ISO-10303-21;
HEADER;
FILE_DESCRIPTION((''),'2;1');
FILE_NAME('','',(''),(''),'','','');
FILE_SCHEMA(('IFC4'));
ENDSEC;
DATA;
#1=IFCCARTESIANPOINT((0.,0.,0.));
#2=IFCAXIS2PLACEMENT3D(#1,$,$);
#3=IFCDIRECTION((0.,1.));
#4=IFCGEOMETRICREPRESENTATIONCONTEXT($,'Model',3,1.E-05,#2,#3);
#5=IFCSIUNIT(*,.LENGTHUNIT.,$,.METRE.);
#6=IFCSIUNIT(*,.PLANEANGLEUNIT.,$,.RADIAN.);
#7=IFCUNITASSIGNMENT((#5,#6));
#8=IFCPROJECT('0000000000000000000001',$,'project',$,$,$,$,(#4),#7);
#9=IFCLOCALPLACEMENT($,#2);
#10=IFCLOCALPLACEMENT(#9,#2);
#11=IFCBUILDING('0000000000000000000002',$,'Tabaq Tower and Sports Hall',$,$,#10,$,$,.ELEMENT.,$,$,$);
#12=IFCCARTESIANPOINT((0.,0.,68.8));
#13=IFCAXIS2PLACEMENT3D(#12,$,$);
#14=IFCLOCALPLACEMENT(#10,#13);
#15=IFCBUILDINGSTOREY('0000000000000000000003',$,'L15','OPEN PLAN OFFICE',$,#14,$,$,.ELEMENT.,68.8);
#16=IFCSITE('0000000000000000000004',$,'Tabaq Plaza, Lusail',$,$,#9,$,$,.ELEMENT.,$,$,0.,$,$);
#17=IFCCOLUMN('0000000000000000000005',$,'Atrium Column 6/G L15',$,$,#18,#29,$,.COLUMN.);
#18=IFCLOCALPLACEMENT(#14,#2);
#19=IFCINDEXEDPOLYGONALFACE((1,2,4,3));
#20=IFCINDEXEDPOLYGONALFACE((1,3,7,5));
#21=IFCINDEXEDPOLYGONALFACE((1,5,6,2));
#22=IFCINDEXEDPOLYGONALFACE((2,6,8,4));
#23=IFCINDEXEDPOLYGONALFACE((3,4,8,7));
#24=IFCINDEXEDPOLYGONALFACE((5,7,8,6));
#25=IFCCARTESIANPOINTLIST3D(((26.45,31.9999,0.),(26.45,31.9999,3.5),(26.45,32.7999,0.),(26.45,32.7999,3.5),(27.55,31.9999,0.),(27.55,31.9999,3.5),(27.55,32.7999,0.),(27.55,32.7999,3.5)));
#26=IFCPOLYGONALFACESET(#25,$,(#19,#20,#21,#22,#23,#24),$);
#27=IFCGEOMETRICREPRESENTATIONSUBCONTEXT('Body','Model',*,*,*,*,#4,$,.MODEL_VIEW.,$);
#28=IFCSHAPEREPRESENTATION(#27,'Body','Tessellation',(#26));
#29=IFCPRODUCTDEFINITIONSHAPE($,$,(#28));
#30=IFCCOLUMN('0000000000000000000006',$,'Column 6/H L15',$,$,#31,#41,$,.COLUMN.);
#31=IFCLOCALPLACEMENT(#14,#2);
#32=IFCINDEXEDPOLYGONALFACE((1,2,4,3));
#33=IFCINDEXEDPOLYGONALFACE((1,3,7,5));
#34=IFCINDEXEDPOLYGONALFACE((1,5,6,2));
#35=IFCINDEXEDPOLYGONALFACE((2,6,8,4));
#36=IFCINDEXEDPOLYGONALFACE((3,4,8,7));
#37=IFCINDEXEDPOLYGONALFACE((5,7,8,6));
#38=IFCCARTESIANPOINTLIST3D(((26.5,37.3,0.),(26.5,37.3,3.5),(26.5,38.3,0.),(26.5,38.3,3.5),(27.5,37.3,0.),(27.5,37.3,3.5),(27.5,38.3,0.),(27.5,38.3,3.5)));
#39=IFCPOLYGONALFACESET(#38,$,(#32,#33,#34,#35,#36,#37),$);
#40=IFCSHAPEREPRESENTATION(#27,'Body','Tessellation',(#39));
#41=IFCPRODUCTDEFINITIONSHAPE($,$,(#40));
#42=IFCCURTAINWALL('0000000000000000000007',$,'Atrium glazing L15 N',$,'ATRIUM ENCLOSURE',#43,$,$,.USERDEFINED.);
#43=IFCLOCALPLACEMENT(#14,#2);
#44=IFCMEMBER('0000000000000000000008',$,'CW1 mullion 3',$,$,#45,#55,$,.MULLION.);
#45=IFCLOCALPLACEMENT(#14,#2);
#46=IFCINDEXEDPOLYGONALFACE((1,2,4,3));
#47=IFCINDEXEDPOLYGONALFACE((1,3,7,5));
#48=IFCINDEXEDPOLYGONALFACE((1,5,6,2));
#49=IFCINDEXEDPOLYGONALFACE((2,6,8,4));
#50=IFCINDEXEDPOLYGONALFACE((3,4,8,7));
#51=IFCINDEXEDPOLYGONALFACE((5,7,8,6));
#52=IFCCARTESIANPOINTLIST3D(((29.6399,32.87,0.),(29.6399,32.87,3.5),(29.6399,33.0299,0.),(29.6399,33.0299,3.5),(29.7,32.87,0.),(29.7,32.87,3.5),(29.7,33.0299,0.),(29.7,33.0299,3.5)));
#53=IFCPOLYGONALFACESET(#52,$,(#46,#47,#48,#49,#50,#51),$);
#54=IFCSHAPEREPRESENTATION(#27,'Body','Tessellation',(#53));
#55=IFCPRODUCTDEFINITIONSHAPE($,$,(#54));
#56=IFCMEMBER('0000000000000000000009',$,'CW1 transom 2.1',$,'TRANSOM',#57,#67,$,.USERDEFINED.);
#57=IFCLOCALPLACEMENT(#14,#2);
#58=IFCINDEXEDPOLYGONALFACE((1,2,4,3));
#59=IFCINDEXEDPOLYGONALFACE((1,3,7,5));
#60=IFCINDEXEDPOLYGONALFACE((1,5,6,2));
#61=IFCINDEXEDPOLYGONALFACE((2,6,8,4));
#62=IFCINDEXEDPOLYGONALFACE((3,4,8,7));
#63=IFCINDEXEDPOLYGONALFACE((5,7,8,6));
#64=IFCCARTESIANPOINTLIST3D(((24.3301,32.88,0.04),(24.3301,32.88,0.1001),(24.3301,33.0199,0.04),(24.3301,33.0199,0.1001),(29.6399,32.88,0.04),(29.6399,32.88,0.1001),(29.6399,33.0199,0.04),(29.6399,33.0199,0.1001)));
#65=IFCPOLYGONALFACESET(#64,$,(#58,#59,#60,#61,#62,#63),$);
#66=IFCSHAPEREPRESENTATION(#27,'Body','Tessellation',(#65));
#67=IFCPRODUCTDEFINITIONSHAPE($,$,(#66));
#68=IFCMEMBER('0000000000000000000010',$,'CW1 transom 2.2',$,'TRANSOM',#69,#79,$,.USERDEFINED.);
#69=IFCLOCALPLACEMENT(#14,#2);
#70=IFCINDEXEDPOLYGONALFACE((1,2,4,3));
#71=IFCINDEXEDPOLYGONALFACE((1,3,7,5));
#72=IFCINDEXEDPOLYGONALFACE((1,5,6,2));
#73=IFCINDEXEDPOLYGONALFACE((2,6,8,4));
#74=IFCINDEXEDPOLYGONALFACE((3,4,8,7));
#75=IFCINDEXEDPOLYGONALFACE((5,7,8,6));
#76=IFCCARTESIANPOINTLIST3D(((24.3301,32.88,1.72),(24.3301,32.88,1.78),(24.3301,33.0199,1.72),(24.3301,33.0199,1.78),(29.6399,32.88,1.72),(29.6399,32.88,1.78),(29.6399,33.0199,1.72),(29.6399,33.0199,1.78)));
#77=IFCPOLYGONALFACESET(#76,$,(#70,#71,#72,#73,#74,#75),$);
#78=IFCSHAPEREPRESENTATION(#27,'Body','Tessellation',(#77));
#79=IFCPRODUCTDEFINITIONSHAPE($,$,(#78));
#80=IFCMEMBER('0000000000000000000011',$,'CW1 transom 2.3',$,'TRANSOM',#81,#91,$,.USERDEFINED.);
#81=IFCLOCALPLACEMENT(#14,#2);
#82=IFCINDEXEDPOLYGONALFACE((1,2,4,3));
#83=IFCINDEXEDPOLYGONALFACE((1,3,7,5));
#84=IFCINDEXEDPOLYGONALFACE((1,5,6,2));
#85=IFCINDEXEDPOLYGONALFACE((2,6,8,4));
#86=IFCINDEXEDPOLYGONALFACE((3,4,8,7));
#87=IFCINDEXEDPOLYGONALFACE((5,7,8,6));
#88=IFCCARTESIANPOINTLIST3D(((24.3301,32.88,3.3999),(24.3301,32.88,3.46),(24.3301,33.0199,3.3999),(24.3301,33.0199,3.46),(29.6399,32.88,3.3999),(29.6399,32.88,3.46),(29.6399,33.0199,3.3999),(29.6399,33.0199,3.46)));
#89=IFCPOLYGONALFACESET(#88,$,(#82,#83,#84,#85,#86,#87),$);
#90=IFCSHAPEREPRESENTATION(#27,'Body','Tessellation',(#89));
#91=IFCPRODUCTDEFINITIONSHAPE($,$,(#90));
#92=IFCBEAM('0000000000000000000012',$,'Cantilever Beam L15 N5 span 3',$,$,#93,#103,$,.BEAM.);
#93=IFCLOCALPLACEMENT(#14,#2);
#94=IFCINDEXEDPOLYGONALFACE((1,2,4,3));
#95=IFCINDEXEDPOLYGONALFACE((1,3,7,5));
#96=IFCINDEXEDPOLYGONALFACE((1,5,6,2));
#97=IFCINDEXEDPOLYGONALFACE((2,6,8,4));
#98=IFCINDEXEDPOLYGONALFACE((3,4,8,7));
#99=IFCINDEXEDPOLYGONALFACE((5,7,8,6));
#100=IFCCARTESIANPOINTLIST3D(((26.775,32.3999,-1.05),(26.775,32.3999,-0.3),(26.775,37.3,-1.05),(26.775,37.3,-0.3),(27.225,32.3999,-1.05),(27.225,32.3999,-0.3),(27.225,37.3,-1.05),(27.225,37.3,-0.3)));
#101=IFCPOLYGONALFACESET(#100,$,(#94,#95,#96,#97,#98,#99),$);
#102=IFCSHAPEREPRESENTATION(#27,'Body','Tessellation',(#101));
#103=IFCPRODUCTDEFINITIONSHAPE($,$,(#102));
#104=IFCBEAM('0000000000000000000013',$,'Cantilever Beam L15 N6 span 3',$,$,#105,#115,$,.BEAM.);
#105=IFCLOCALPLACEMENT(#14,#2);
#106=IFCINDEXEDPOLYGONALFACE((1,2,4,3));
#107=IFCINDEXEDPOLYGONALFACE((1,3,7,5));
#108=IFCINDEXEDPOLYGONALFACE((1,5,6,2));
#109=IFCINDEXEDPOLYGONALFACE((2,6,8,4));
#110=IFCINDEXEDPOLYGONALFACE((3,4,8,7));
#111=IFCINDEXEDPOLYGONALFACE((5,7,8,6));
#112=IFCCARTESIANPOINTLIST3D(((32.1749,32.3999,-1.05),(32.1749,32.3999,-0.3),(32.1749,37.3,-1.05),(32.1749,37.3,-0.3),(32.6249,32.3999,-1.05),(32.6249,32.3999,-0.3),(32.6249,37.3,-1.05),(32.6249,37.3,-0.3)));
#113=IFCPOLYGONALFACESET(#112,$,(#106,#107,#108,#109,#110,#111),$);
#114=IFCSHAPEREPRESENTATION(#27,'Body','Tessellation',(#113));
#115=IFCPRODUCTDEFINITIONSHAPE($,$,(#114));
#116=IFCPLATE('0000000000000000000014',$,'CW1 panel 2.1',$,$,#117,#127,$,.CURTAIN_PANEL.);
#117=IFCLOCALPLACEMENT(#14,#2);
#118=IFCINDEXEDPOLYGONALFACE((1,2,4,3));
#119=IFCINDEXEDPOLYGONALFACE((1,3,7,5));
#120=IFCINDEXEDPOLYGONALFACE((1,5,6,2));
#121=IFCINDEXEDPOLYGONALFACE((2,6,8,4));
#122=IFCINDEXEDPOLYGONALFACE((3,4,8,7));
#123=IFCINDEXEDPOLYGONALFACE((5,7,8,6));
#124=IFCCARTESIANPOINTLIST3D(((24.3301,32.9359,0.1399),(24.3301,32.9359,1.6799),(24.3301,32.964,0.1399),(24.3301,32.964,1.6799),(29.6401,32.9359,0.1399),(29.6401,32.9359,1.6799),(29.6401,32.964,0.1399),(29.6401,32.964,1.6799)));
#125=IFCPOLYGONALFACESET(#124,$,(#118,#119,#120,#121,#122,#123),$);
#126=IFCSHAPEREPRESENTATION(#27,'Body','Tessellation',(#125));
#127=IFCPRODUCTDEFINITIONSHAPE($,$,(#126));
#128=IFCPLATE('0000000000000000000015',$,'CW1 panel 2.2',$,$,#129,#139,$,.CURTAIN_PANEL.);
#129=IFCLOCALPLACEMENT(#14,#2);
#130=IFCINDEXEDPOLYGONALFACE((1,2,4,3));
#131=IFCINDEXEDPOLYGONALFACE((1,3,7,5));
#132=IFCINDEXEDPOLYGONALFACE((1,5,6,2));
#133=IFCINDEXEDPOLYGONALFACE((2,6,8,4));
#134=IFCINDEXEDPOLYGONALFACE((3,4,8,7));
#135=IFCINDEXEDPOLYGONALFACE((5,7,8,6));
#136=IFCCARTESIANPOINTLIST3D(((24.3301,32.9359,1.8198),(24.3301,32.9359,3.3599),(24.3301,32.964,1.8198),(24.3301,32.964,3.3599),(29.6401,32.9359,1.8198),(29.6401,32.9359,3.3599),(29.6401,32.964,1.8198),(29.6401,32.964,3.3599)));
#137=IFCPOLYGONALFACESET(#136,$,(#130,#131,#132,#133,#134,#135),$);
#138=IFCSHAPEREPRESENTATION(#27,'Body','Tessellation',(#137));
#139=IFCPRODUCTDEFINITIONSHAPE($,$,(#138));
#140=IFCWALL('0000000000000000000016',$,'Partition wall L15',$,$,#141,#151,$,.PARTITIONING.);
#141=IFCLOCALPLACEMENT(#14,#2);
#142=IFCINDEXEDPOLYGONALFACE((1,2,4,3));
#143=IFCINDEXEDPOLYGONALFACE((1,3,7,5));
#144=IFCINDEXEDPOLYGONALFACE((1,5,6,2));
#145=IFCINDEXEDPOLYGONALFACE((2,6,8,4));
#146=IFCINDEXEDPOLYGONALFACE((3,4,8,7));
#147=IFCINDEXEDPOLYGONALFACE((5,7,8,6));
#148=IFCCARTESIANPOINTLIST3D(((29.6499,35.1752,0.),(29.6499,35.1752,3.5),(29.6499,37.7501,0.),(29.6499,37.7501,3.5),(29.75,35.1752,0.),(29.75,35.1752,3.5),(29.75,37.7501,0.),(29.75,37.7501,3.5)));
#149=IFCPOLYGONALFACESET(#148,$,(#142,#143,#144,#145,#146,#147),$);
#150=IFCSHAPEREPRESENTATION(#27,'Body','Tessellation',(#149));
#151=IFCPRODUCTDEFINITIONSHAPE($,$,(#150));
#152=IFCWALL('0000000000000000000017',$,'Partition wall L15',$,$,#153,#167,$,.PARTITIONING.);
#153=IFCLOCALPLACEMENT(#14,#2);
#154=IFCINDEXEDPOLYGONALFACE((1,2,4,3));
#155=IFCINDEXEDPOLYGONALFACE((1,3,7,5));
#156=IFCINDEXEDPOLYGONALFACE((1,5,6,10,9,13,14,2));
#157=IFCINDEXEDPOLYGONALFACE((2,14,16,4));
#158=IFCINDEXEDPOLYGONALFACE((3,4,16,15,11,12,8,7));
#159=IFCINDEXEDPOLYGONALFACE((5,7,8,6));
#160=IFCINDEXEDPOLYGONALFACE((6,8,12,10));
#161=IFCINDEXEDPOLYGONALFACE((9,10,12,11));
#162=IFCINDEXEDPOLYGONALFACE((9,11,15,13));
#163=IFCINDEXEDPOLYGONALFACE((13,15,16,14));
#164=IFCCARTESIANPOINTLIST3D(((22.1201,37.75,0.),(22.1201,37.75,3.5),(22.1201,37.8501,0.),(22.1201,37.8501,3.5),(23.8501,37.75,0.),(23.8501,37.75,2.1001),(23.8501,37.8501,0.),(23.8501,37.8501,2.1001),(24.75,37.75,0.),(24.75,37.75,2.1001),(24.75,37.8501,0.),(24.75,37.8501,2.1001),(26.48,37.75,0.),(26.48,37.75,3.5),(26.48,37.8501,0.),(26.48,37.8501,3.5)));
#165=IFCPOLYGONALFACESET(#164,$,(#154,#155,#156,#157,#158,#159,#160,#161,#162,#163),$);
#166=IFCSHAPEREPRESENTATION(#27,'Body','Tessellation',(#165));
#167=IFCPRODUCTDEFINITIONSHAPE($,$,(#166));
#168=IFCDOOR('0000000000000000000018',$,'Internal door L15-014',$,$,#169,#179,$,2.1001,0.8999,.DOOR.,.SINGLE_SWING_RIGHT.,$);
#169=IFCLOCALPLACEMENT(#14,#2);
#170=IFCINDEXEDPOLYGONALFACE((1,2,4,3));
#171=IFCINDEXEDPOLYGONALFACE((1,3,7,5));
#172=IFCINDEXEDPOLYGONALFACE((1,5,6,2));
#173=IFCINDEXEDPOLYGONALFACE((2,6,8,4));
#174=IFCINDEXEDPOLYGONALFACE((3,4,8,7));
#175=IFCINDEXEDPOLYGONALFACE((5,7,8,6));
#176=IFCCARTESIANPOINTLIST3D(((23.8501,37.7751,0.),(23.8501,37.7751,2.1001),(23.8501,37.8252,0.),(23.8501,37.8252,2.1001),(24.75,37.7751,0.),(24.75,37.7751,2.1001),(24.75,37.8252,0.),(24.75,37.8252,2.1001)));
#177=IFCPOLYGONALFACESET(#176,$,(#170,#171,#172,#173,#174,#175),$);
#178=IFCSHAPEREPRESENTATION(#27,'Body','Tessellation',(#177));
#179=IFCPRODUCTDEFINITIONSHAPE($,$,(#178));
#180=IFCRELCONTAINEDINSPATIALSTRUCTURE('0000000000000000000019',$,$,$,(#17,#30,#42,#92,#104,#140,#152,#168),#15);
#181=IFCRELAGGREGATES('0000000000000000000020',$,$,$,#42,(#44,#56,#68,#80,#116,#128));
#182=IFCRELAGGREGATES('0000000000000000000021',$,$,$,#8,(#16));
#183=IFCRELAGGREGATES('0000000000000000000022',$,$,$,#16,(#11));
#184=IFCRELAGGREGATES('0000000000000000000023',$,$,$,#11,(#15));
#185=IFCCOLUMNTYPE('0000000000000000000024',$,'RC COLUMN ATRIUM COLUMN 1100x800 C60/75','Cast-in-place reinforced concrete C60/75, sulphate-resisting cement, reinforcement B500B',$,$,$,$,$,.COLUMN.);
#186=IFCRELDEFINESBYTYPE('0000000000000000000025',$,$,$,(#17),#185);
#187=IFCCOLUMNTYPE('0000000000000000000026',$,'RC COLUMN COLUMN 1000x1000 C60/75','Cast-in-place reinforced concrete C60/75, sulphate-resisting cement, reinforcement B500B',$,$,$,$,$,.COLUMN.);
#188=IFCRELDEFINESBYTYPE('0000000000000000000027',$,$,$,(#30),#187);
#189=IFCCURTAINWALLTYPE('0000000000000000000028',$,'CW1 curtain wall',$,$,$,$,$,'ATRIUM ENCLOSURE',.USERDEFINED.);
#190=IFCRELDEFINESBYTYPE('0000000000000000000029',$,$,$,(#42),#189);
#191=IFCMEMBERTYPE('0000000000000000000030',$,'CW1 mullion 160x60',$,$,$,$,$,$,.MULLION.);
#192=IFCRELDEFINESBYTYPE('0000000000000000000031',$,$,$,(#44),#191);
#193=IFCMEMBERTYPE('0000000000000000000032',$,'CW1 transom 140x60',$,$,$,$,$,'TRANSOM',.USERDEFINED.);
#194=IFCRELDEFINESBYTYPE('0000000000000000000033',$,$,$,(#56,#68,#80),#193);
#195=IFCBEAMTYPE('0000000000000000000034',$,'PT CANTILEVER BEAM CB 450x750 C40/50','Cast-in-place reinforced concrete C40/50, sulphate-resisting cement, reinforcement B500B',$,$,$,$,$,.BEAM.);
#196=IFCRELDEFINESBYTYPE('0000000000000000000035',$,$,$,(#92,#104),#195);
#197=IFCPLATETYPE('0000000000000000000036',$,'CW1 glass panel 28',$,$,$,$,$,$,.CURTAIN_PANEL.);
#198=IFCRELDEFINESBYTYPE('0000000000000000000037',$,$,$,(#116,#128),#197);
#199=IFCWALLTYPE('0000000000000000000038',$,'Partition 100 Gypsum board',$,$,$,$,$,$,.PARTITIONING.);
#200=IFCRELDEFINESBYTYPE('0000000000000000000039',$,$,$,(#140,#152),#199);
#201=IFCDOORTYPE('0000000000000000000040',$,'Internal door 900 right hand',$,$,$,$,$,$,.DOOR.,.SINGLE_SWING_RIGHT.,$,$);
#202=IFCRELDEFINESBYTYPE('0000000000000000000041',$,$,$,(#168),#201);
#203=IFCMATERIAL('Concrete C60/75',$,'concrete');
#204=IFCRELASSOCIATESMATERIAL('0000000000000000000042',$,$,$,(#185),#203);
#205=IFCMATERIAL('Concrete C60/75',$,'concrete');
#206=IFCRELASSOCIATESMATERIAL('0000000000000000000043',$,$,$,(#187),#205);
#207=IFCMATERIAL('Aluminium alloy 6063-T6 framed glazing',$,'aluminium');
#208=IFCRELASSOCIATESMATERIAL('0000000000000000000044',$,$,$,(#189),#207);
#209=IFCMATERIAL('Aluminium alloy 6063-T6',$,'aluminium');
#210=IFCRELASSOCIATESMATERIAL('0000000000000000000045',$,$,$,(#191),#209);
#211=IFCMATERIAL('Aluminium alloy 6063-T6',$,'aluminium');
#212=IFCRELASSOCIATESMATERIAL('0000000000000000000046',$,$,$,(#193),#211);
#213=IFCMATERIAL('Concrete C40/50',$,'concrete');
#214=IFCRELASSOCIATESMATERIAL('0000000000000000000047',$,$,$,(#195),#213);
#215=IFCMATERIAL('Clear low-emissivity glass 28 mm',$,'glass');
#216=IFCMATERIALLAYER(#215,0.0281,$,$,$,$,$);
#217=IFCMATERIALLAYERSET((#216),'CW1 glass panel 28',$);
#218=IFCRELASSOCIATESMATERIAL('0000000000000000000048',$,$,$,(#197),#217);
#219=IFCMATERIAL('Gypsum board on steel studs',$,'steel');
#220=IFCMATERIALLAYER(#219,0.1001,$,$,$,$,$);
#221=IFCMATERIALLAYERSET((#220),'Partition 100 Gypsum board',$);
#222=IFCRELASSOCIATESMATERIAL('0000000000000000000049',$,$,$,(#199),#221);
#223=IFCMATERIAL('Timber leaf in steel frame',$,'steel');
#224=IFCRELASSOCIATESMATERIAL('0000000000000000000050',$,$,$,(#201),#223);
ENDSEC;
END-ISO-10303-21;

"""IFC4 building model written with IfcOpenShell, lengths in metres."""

from ifc_helpers import new_model, si_unit, direction, frame, frame_2d, origin, origin_2d, place, context, subcontext, project, spatial, rectangle, extrude, material, layer, layer_set, material_profile, profile_set, type_object, element, fill, aggregate, save


model = new_model("IFC4")

# Units and contexts
model_context = context("Model", 3, precision=1e-05, world=origin(), true_north=direction((0.0, 1.0)))
body_context = subcontext(model_context, "Body", "Model", "MODEL_VIEW")
ifc_project = project(units=[si_unit("LENGTHUNIT", "METRE"), si_unit("PLANEANGLEUNIT", "RADIAN")], contexts=[model_context])

# Site, building, storey
site_placement = place(None, origin())
site = spatial("IfcSite", under=ifc_project, at=site_placement, Name="Tabaq Plaza, Lusail", CompositionType="ELEMENT", RefElevation=0.0)
building_placement = place(site_placement, origin())
building = spatial("IfcBuilding", under=site, at=building_placement, Name="Tabaq Tower and Sports Hall", CompositionType="ELEMENT")
storey_placement = place(building_placement, frame((0.0, 0.0, 68.8)))
storey = spatial("IfcBuildingStorey", under=building, at=storey_placement, Name="L15", Description="OPEN PLAN OFFICE", CompositionType="ELEMENT", Elevation=68.8)

# Columns
ifc_material_1 = material(Name="Concrete C60/75", Category="concrete")
ifc_material_profile_1 = material_profile(ifc_material_1, rectangle(XDim=1.1001, YDim=0.8, at=origin_2d()), Name="ATRIUM COLUMN 1100x800")
ifc_profile_set_1 = profile_set([ifc_material_profile_1], Name="Concrete C60/75")
column_type_1 = type_object("IfcColumnType", Name="RC COLUMN ATRIUM COLUMN 1100x800 C60/75", Description="Cast-in-place reinforced concrete C60/75, sulphate-resisting cement, reinforcement B500B", PredefinedType="COLUMN", material=ifc_profile_set_1)
column_1_placement = place(storey_placement, frame((27.0, 32.3999, 0.0), z_axis=(0.0, 0.0, 1.0), x_axis=(1.0, 0.0, 0.0)))
element("IfcColumn", 1, at=column_1_placement, inside=storey, type_object=column_type_1, Name="Atrium Column 6/G L15", PredefinedType="COLUMN", context=body_context, shape_type="SweptSolid", body=[
    extrude(rectangle(XDim=1.1001, YDim=0.8, at=origin_2d()), origin(), (0.0, 0.0, 1.0), 3.5),
])
ifc_material_2 = material(Name="Concrete C60/75", Category="concrete")
ifc_material_profile_2 = material_profile(ifc_material_2, rectangle(XDim=1.0, YDim=1.0, at=origin_2d()), Name="COLUMN 1000x1000")
ifc_profile_set_2 = profile_set([ifc_material_profile_2], Name="Concrete C60/75")
column_type_2 = type_object("IfcColumnType", Name="RC COLUMN COLUMN 1000x1000 C60/75", Description="Cast-in-place reinforced concrete C60/75, sulphate-resisting cement, reinforcement B500B", PredefinedType="COLUMN", material=ifc_profile_set_2)
column_2_placement = place(storey_placement, frame((27.0, 37.8, 0.0), z_axis=(0.0, 0.0, 1.0), x_axis=(1.0, 0.0, 0.0)))
element("IfcColumn", 2, at=column_2_placement, inside=storey, type_object=column_type_2, Name="Column 6/H L15", PredefinedType="COLUMN", context=body_context, shape_type="SweptSolid", body=[
    extrude(rectangle(XDim=1.0, YDim=1.0, at=origin_2d()), origin(), (0.0, 0.0, 1.0), 3.5),
])

# Curtain wall, members
ifc_material_3 = material(Name="Aluminium alloy 6063-T6 framed glazing", Category="aluminium")
curtain_wall_type = type_object("IfcCurtainWallType", Name="CW1 curtain wall", ElementType="ATRIUM ENCLOSURE", PredefinedType="USERDEFINED", material=ifc_material_3)
curtain_wall_placement = place(storey_placement, origin())
curtain_wall = element("IfcCurtainWall", 3, at=curtain_wall_placement, inside=storey, type_object=curtain_wall_type, Name="Atrium glazing L15 N", ObjectType="ATRIUM ENCLOSURE", PredefinedType="USERDEFINED")
ifc_material_4 = material(Name="Aluminium alloy 6063-T6", Category="aluminium")
ifc_material_profile_3 = material_profile(ifc_material_4, rectangle(XDim=0.1599, YDim=0.0601, at=origin_2d()), Name="MULLION 160x60")
ifc_profile_set_3 = profile_set([ifc_material_profile_3], Name="Aluminium alloy 6063-T6")
member_type_1 = type_object("IfcMemberType", Name="CW1 mullion 160x60", PredefinedType="MULLION", material=ifc_profile_set_3)
member_1_placement = place(storey_placement, frame((29.6699, 32.95, 0.0), z_axis=(0.0, 0.0, 1.0), x_axis=(0.0, 1.0, 0.0)))
member_1 = element("IfcMember", 4, at=member_1_placement, type_object=member_type_1, Name="CW1 mullion 3", PredefinedType="MULLION", context=body_context, shape_type="SweptSolid", body=[
    extrude(rectangle(XDim=0.1599, YDim=0.0601, at=origin_2d()), origin(), (0.0, 0.0, 1.0), 3.5),
])
ifc_material_5 = material(Name="Aluminium alloy 6063-T6", Category="aluminium")
ifc_material_profile_4 = material_profile(ifc_material_5, rectangle(XDim=0.1399, YDim=0.0601, at=origin_2d()), Name="TRANSOM 140x60")
ifc_profile_set_4 = profile_set([ifc_material_profile_4], Name="Aluminium alloy 6063-T6")
member_type_2 = type_object("IfcMemberType", Name="CW1 transom 140x60", ElementType="TRANSOM", PredefinedType="USERDEFINED", material=ifc_profile_set_4)
member_2_placement = place(storey_placement, frame((24.3301, 32.95, 0.0701), z_axis=(1.0, 0.0, 0.0), x_axis=(0.0, 1.0, 0.0)))
member_2 = element("IfcMember", 5, at=member_2_placement, type_object=member_type_2, Name="CW1 transom 2.1", ObjectType="TRANSOM", PredefinedType="USERDEFINED", context=body_context, shape_type="SweptSolid", body=[
    extrude(rectangle(XDim=0.1399, YDim=0.0601, at=origin_2d()), origin(), (0.0, 0.0, 1.0), 5.3098),
])
member_3_placement = place(storey_placement, frame((24.3301, 32.95, 1.75), z_axis=(1.0, 0.0, 0.0), x_axis=(0.0, 1.0, 0.0)))
member_3 = element("IfcMember", 6, at=member_3_placement, type_object=member_type_2, Name="CW1 transom 2.2", ObjectType="TRANSOM", PredefinedType="USERDEFINED", context=body_context, shape_type="SweptSolid", body=[
    extrude(rectangle(XDim=0.1399, YDim=0.0601, at=origin_2d()), origin(), (0.0, 0.0, 1.0), 5.3098),
])
member_4_placement = place(storey_placement, frame((24.3301, 32.95, 3.4299), z_axis=(1.0, 0.0, 0.0), x_axis=(0.0, 1.0, 0.0)))
member_4 = element("IfcMember", 7, at=member_4_placement, type_object=member_type_2, Name="CW1 transom 2.3", ObjectType="TRANSOM", PredefinedType="USERDEFINED", context=body_context, shape_type="SweptSolid", body=[
    extrude(rectangle(XDim=0.1399, YDim=0.0601, at=origin_2d()), origin(), (0.0, 0.0, 1.0), 5.3098),
])

# Beams
ifc_material_6 = material(Name="Concrete C40/50", Category="concrete")
ifc_material_profile_5 = material_profile(ifc_material_6, rectangle(XDim=0.45, YDim=0.75, at=origin_2d()), Name="CB 450x750")
ifc_profile_set_5 = profile_set([ifc_material_profile_5], Name="Concrete C40/50")
beam_type = type_object("IfcBeamType", Name="PT CANTILEVER BEAM CB 450x750 C40/50", Description="Cast-in-place reinforced concrete C40/50, sulphate-resisting cement, reinforcement B500B", PredefinedType="BEAM", material=ifc_profile_set_5)
for number, where, z_axis, x_axis, name in (
    (8, (27.0, 37.3, -0.675), (0.0, -1.0, 0.0), (1.0, 0.0, 0.0), "Cantilever Beam L15 N5 span 3"),
    (9, (32.3999, 37.3, -0.675), (0.0, -1.0, 0.0), (1.0, 0.0, 0.0), "Cantilever Beam L15 N6 span 3"),
):
    element("IfcBeam", number, at=place(storey_placement, frame(where, z_axis=z_axis, x_axis=x_axis)), inside=storey, type_object=beam_type, Name=name, PredefinedType="BEAM", context=body_context, shape_type="SweptSolid", body=[
        extrude(rectangle(XDim=0.45, YDim=0.75, at=origin_2d()), origin(), (0.0, 0.0, 1.0), 4.9001),
    ])

# Plates
ifc_material_7 = material(Name="Clear low-emissivity glass 28 mm", Category="glass")
ifc_layer_1 = layer(ifc_material_7, 0.0281)
ifc_layer_set_1 = layer_set([ifc_layer_1], Name="CW1 glass panel 28")
plate_type = type_object("IfcPlateType", Name="CW1 glass panel 28", PredefinedType="CURTAIN_PANEL", material=ifc_layer_set_1)
plate_1_placement = place(storey_placement, frame((26.9851, 32.95, 0.1399), z_axis=(0.0, 0.0, 1.0), x_axis=(1.0, 0.0, 0.0)))
plate_1 = element("IfcPlate", 10, at=plate_1_placement, type_object=plate_type, Name="CW1 panel 2.1", PredefinedType="CURTAIN_PANEL", context=body_context, shape_type="SweptSolid", body=[
    extrude(rectangle(XDim=5.3101, YDim=0.0281, at=origin_2d()), origin(), (0.0, 0.0, 1.0), 1.54),
])
plate_2_placement = place(storey_placement, frame((26.9851, 32.95, 1.8198), z_axis=(0.0, 0.0, 1.0), x_axis=(1.0, 0.0, 0.0)))
plate_2 = element("IfcPlate", 11, at=plate_2_placement, type_object=plate_type, Name="CW1 panel 2.2", PredefinedType="CURTAIN_PANEL", context=body_context, shape_type="SweptSolid", body=[
    extrude(rectangle(XDim=5.3101, YDim=0.0281, at=origin_2d()), origin(), (0.0, 0.0, 1.0), 1.54),
])
aggregate(curtain_wall, [member_1, member_2, member_3, member_4, plate_1, plate_2])

# Wall
ifc_material_8 = material(Name="Gypsum board on steel studs", Category="steel")
ifc_layer_2 = layer(ifc_material_8, 0.1001)
ifc_layer_set_2 = layer_set([ifc_layer_2], Name="Partition 100 Gypsum board")
wall_type_1 = type_object("IfcWallType", Name="Partition 100 Gypsum board", PredefinedType="PARTITIONING", material=ifc_layer_set_2)
wall_1_placement = place(storey_placement, frame((29.7, 35.175, 0.0), z_axis=(0.0, 0.0, 1.0), x_axis=(0.0, 1.0, 0.0)))
element("IfcWall", 12, at=wall_1_placement, inside=storey, type_object=wall_type_1, Name="Partition wall L15", PredefinedType="PARTITIONING", context=body_context, shape_type="SweptSolid", body=[
    extrude(rectangle(XDim=2.575, YDim=0.1001, at=frame_2d((1.2876, 0.0))), origin(), (0.0, 0.0, 1.0), 3.5),
])

# Wall, opening, door
wall_2_placement = place(storey_placement, frame((26.48, 37.8, 0.0), z_axis=(0.0, 0.0, 1.0), x_axis=(-1.0, 0.0, 0.0)))
wall_2 = element("IfcWall", 13, at=wall_2_placement, inside=storey, type_object=wall_type_1, Name="Partition wall L15", PredefinedType="PARTITIONING", context=body_context, shape_type="SweptSolid", body=[
    extrude(rectangle(XDim=4.3599, YDim=0.1001, at=frame_2d((2.1799, 0.0))), origin(), (0.0, 0.0, 1.0), 3.5),
])
opening_1_placement = place(wall_2_placement, frame((1.73, 0.0, 0.0)))
opening_1 = element("IfcOpeningElement", 14, at=opening_1_placement, cuts=wall_2, PredefinedType="OPENING", context=body_context, shape_type="SweptSolid", body=[
    extrude(rectangle(XDim=0.8999, YDim=2.1001, at=frame_2d((0.45, 1.05))), frame((0.0, 0.05, 0.0), z_axis=(0.0, -1.0, 0.0), x_axis=(1.0, 0.0, 0.0)), (0.0, 0.0, 1.0), 0.1001),
])
ifc_material_9 = material(Name="Timber leaf in steel frame", Category="steel")
door_type_1 = type_object("IfcDoorType", Name="Internal door 900 right hand", OperationType="SINGLE_SWING_RIGHT", PredefinedType="DOOR", material=ifc_material_9)
door_1_placement = place(opening_1_placement, origin())
door_1 = element("IfcDoor", 15, at=door_1_placement, inside=storey, type_object=door_type_1, Name="Internal door L15-014", OperationType="SINGLE_SWING_RIGHT", OverallHeight=2.1001, OverallWidth=0.8999, PredefinedType="DOOR", context=body_context, shape_type="SweptSolid", body=[
    extrude(rectangle(XDim=0.8999, YDim=2.1001, at=frame_2d((0.45, 1.05))), frame((0.0, 0.0249, 0.0), z_axis=(0.0, -1.0, 0.0), x_axis=(1.0, 0.0, 0.0)), (0.0, 0.0, 1.0), 0.05),
])
fill(opening_1, door_1)

save(model, "model.ifc")
